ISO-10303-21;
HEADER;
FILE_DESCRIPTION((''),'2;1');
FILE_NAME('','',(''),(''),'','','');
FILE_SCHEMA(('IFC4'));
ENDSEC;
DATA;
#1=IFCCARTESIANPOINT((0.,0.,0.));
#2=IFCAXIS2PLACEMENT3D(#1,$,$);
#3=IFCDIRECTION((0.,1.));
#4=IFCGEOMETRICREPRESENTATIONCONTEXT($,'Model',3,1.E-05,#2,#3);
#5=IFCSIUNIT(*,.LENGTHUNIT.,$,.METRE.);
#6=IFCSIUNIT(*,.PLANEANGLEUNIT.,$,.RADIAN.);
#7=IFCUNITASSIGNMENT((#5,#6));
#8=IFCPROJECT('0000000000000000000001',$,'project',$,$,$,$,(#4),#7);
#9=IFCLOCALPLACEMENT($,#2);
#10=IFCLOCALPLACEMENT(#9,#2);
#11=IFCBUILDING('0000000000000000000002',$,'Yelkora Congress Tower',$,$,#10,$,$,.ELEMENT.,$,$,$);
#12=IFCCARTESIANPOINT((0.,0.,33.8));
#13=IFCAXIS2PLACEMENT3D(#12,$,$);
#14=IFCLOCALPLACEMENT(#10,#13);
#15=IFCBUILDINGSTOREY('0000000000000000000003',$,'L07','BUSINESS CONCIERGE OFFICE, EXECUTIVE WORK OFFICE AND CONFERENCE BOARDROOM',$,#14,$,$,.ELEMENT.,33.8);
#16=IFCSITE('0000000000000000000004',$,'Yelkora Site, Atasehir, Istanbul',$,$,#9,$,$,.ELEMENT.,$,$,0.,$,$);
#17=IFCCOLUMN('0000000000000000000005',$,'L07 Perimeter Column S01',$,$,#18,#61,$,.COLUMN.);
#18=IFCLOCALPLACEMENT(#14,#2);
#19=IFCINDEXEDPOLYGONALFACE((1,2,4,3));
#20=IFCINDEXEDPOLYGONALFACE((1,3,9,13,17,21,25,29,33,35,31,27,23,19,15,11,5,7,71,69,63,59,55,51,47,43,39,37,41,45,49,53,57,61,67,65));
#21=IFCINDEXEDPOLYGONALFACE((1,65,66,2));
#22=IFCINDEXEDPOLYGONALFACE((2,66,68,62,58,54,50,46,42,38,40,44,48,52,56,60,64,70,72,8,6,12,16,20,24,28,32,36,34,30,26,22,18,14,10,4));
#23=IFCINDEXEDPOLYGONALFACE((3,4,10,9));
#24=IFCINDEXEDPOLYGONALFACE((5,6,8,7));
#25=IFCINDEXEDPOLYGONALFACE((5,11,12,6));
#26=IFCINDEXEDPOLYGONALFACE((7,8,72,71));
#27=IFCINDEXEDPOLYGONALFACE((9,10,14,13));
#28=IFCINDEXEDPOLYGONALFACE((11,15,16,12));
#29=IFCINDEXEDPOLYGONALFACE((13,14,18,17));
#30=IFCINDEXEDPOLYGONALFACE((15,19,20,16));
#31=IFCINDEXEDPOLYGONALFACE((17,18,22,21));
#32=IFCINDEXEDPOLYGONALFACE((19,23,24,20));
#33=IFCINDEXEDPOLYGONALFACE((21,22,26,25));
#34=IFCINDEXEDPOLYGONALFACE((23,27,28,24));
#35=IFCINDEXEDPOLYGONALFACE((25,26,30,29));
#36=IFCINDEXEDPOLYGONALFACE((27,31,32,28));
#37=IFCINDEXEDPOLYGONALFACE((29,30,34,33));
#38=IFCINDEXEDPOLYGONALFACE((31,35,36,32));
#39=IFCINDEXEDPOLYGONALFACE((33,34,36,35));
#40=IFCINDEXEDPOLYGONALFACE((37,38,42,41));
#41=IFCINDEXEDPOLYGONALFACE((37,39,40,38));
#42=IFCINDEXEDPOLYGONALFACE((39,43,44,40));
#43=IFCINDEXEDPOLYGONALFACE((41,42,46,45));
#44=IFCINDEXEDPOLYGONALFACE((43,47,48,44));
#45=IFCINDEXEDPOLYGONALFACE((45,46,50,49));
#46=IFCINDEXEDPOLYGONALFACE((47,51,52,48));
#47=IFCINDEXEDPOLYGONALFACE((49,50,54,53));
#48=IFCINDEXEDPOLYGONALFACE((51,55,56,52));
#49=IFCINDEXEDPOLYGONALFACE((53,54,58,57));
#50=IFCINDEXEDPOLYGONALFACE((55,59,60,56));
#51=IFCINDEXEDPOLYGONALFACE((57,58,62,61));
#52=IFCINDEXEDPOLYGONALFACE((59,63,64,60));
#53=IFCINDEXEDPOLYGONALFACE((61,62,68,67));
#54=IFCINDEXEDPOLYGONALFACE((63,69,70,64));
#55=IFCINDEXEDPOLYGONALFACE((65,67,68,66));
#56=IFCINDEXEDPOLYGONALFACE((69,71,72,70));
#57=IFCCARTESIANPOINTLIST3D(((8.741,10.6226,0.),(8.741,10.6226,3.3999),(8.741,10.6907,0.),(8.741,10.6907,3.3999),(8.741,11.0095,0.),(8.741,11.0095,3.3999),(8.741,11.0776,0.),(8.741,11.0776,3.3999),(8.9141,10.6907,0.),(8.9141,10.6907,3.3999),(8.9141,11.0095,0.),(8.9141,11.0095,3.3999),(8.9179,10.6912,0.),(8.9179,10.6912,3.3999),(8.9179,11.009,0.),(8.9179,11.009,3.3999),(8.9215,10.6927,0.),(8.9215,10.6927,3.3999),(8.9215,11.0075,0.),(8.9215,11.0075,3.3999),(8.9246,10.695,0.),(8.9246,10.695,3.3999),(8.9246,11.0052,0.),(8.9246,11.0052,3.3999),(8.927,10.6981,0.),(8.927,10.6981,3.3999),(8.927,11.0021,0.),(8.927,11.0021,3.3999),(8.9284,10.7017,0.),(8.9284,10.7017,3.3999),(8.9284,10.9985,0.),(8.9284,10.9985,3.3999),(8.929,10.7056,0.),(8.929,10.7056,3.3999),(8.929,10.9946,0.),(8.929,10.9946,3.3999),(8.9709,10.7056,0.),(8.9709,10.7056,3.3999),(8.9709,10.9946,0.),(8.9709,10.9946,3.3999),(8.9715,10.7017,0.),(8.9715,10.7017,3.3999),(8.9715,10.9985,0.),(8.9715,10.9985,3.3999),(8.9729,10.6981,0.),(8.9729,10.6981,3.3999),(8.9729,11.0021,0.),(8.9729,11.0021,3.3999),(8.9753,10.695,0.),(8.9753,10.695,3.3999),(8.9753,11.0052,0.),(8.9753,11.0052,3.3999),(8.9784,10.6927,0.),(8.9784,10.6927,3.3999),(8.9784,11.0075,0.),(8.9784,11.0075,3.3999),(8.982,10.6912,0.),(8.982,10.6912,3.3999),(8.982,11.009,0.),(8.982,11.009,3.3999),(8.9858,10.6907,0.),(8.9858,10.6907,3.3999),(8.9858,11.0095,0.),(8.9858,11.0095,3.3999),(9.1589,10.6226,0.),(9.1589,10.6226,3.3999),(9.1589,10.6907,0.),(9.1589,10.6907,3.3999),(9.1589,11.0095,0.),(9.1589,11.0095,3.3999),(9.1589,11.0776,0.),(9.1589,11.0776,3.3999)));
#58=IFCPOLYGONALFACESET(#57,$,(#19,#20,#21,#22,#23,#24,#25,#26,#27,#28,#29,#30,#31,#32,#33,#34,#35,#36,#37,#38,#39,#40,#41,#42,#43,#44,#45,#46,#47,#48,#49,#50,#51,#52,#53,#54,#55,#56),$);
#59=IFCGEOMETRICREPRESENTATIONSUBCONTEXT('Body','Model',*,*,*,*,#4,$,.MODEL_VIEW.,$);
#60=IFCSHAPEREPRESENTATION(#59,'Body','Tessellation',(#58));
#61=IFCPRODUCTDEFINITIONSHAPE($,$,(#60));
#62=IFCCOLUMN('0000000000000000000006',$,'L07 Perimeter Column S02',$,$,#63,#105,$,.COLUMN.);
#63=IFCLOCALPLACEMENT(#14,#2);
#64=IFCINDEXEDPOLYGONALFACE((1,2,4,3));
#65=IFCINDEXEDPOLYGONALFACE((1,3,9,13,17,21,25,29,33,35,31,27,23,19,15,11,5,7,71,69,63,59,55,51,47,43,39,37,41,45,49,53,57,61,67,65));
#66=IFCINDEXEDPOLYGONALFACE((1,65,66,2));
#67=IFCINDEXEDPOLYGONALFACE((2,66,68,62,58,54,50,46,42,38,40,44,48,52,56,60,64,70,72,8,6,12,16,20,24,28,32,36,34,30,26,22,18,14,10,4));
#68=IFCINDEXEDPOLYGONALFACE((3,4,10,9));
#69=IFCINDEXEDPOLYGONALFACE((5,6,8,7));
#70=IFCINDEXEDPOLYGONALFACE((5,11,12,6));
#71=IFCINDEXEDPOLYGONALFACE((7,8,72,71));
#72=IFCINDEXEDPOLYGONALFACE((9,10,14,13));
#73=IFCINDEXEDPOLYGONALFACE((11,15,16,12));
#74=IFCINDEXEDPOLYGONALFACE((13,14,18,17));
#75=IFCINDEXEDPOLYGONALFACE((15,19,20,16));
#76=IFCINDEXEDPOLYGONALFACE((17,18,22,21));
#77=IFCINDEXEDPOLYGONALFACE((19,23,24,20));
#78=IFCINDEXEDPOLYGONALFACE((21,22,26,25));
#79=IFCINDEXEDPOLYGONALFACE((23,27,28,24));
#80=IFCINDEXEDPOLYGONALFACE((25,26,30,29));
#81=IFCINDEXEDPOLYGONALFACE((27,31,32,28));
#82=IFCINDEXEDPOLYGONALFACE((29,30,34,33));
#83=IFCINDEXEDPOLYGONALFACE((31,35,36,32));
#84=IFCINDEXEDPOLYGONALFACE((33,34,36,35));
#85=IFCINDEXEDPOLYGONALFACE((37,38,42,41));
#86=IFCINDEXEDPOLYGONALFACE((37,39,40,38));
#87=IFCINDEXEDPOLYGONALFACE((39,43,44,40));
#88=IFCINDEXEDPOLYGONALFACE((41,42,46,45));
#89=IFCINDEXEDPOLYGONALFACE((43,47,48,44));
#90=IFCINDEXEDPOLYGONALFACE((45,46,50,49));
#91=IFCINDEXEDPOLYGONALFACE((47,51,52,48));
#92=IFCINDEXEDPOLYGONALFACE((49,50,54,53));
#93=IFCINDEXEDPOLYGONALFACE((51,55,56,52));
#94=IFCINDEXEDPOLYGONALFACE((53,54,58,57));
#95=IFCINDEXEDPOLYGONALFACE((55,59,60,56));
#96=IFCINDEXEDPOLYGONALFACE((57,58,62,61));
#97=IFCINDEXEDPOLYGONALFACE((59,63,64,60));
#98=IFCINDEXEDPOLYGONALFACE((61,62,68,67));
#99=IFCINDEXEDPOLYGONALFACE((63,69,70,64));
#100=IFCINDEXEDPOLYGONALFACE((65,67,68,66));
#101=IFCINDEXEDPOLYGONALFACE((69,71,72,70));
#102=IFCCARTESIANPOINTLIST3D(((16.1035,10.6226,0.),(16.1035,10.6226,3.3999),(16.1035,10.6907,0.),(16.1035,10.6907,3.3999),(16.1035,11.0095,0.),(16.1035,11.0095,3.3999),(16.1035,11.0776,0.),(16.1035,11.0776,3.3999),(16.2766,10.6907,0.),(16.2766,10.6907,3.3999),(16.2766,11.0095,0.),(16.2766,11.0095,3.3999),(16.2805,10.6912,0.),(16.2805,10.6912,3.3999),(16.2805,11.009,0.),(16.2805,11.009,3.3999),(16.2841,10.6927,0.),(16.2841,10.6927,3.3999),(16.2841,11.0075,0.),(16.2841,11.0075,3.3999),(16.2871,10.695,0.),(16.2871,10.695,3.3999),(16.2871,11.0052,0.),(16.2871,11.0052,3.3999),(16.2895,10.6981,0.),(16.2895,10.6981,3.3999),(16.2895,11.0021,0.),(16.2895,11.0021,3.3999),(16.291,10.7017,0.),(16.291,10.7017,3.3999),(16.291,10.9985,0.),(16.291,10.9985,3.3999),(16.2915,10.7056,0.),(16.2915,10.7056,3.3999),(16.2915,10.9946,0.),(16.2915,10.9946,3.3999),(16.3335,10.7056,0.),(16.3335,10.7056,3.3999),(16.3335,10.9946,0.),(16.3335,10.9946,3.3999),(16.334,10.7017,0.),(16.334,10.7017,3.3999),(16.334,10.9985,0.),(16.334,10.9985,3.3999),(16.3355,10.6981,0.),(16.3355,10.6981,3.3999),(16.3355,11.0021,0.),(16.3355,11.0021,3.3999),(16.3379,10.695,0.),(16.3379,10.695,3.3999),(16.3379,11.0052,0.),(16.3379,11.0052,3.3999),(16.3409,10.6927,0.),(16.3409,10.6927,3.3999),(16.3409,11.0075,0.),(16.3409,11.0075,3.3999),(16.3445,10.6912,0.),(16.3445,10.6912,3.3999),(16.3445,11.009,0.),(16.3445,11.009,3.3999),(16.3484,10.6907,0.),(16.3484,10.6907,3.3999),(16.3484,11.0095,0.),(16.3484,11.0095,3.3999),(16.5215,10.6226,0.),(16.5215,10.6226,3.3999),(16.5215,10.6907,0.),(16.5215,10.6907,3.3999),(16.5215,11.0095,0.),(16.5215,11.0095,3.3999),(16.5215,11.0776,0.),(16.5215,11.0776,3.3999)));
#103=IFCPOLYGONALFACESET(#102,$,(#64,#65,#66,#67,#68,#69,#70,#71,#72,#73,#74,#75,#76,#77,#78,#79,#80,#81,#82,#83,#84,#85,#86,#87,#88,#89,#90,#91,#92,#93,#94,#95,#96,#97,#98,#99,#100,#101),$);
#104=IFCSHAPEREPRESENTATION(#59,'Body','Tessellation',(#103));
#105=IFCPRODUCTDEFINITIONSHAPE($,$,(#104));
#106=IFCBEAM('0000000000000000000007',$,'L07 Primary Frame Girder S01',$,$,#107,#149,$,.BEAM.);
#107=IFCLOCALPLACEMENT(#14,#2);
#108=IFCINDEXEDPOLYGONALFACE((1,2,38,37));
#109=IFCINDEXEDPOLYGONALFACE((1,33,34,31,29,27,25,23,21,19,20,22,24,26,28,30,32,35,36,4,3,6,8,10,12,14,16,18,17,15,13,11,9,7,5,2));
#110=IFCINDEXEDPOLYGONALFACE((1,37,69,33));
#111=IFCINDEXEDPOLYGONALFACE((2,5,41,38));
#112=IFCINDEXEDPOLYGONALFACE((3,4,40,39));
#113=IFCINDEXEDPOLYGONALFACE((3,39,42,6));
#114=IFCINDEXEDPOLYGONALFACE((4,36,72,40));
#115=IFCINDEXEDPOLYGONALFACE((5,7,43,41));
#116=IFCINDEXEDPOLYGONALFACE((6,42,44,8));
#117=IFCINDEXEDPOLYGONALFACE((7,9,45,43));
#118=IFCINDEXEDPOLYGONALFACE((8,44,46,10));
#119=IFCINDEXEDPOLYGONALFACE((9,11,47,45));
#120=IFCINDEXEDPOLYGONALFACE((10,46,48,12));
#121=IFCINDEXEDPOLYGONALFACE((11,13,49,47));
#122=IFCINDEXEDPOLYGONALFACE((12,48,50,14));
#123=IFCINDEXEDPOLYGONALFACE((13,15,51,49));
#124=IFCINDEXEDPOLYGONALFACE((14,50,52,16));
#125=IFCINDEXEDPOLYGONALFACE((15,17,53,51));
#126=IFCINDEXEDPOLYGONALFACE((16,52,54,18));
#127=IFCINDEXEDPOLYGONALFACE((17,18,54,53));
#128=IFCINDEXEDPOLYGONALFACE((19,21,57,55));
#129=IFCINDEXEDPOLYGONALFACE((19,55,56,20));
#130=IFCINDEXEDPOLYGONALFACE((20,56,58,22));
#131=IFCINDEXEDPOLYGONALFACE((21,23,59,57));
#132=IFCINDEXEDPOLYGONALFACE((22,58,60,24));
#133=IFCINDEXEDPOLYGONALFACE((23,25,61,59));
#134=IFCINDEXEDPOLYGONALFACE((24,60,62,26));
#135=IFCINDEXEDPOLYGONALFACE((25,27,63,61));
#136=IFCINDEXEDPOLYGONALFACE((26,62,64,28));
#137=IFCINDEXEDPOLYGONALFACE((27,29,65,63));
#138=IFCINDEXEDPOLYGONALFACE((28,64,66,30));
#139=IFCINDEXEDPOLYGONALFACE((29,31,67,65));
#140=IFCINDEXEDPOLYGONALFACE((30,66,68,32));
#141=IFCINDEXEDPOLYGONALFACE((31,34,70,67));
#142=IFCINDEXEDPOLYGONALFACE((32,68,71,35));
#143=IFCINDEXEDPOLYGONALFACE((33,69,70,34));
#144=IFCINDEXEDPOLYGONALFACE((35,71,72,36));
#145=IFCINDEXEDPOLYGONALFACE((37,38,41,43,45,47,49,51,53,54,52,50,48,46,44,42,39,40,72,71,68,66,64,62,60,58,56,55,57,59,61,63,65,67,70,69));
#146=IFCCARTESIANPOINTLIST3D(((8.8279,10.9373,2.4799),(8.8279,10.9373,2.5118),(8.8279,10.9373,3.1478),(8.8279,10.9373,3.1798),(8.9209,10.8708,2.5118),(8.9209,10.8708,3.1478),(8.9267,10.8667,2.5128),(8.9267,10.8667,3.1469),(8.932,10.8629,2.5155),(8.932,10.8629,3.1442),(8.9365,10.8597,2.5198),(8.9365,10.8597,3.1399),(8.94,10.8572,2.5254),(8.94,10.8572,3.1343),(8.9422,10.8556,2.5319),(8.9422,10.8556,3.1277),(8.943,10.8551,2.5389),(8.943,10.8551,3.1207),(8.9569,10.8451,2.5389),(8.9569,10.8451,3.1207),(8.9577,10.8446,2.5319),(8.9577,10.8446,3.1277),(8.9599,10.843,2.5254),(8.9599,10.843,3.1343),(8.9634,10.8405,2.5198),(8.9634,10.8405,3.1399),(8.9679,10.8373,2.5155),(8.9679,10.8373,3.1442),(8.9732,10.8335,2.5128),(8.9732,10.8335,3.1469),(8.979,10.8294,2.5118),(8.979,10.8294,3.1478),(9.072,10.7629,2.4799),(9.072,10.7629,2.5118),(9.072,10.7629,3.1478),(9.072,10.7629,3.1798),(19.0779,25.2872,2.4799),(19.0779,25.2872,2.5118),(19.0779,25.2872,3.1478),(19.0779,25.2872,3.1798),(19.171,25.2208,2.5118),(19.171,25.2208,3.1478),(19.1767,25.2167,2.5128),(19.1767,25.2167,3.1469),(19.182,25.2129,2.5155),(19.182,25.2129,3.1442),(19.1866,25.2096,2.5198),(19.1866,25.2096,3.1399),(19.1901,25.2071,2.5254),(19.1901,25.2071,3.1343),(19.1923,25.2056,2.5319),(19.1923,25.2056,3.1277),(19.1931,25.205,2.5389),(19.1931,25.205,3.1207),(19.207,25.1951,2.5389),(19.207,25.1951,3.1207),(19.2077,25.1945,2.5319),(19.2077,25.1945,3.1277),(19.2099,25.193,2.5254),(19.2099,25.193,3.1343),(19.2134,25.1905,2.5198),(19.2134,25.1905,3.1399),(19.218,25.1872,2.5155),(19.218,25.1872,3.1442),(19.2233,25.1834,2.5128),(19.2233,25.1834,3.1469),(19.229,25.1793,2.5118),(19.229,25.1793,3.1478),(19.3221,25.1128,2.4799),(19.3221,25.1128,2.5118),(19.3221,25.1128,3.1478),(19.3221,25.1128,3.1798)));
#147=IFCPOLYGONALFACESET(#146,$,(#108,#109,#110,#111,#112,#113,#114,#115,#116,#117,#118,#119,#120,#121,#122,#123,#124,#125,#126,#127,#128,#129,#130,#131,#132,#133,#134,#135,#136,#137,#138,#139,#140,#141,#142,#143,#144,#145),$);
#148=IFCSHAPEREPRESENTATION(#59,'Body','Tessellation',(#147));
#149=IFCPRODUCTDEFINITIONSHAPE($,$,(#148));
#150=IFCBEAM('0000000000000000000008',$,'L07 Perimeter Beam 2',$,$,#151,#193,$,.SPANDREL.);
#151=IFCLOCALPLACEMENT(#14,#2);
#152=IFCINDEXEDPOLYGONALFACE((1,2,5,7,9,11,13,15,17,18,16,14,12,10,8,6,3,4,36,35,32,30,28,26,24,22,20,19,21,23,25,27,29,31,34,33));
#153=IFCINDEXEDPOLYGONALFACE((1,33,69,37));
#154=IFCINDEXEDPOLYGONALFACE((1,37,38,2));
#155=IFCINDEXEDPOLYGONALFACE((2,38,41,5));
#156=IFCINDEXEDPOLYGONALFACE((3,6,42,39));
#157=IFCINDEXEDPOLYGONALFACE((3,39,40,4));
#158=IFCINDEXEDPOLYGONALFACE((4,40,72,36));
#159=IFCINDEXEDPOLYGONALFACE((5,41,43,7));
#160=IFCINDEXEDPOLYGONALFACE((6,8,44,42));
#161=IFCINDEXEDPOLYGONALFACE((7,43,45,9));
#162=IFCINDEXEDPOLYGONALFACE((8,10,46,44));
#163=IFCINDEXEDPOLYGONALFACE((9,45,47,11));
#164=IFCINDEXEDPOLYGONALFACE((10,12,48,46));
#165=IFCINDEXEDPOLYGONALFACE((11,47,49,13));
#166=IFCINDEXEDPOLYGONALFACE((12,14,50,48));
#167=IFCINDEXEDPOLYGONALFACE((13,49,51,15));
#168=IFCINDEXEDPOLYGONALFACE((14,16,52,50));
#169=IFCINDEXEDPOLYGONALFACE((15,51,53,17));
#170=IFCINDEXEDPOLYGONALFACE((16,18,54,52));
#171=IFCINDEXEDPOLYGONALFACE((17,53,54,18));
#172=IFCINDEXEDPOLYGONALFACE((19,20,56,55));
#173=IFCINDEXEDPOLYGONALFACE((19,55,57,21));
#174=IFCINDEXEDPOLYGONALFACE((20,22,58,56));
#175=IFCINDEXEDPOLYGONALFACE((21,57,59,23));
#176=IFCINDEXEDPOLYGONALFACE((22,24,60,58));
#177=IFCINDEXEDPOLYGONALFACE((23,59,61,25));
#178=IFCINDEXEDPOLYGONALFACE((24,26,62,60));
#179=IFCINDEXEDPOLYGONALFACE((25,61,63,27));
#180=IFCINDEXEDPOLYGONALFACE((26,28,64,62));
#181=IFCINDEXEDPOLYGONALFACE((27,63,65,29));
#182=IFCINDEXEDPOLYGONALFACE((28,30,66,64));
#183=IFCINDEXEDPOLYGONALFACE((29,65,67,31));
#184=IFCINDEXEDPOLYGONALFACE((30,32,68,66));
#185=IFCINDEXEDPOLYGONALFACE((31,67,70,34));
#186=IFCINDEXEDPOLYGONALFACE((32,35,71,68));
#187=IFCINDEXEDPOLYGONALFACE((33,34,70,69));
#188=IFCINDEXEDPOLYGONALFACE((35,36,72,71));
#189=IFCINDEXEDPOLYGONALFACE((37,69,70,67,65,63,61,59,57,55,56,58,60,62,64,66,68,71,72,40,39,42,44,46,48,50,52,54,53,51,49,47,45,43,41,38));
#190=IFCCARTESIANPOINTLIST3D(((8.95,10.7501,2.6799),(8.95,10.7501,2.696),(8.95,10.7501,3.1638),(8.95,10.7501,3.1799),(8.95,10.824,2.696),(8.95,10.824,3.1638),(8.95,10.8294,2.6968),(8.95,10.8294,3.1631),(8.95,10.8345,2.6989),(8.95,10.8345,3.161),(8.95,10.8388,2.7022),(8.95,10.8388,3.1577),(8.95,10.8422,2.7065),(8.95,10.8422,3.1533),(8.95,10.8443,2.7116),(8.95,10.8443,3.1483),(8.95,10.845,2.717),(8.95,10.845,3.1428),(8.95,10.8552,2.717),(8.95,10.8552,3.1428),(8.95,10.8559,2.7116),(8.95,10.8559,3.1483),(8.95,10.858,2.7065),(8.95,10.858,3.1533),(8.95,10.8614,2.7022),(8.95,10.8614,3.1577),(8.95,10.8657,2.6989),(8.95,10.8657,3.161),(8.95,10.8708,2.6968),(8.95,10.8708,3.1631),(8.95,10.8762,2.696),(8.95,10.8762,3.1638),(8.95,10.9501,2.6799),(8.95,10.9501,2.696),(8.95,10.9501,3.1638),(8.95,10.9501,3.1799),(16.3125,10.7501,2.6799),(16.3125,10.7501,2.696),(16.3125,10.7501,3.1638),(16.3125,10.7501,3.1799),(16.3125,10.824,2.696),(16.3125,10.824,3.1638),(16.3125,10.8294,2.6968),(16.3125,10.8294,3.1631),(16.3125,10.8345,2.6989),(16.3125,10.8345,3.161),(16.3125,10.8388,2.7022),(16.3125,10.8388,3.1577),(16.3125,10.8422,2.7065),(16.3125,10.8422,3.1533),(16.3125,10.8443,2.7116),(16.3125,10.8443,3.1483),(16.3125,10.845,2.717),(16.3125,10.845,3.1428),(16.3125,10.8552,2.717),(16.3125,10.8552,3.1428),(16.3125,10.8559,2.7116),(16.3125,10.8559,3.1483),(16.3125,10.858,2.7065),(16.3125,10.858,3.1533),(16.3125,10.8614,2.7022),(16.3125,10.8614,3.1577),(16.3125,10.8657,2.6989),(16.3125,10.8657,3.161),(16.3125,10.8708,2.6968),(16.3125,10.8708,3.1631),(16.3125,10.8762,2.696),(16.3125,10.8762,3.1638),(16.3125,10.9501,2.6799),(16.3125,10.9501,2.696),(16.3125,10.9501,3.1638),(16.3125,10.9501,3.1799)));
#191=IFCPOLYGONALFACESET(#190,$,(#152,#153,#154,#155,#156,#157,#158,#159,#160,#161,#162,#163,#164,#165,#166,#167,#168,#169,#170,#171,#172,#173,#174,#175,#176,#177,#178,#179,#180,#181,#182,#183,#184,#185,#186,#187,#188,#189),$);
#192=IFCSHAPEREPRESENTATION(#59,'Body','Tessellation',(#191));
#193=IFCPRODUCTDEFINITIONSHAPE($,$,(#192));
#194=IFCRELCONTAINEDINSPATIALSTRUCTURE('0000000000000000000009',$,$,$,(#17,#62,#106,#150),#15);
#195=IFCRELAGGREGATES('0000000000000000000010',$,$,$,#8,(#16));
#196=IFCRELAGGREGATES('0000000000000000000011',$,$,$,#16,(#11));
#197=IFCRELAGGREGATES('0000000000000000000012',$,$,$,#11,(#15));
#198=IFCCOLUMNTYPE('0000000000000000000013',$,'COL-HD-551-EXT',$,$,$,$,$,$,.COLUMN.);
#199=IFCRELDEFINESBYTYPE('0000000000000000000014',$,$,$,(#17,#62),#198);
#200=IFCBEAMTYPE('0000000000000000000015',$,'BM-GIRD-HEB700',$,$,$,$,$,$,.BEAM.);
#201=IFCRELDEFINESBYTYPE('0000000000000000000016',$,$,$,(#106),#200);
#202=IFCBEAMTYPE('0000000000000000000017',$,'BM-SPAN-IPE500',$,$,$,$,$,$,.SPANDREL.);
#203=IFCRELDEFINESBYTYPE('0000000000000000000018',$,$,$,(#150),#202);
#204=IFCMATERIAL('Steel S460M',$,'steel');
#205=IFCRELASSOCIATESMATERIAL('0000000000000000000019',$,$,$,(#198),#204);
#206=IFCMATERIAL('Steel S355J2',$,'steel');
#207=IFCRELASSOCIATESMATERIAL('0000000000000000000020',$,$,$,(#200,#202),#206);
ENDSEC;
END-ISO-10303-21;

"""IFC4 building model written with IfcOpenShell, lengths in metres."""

from ifc_helpers import new_model, si_unit, direction, frame, origin, origin_2d, place, context, subcontext, project, spatial, i_section, extrude, material, material_profile, profile_set, type_object, element, save


model = new_model("IFC4")

# Units and contexts
model_context = context("Model", 3, precision=1e-05, world=origin(), true_north=direction((0.0, 1.0)))
body_context = subcontext(model_context, "Body", "Model", "MODEL_VIEW")
ifc_project = project(units=[si_unit("LENGTHUNIT", "METRE"), si_unit("PLANEANGLEUNIT", "RADIAN")], contexts=[model_context])

# Site, building, storey
site_placement = place(None, origin())
site = spatial("IfcSite", under=ifc_project, at=site_placement, Name="Yelkora Site, Atasehir, Istanbul", CompositionType="ELEMENT", RefElevation=0.0)
building_placement = place(site_placement, origin())
building = spatial("IfcBuilding", under=site, at=building_placement, Name="Yelkora Congress Tower", CompositionType="ELEMENT")
storey_placement = place(building_placement, frame((0.0, 0.0, 33.8)))
storey = spatial("IfcBuildingStorey", under=building, at=storey_placement, Name="L07", Description="BUSINESS CONCIERGE OFFICE, EXECUTIVE WORK OFFICE AND CONFERENCE BOARDROOM", CompositionType="ELEMENT", Elevation=33.8)

# Columns
ifc_material_1 = material(Name="Steel S460M", Category="steel")
ifc_material_profile_1 = material_profile(ifc_material_1, i_section(OverallWidth=0.418, OverallDepth=0.4551, WebThickness=0.042, FlangeThickness=0.0681, FilletRadius=0.0149, at=origin_2d()), Name="HD 400x551")
ifc_profile_set_1 = profile_set([ifc_material_profile_1], Name="Steel S460M")
column_type = type_object("IfcColumnType", Name="COL-HD-551-EXT", PredefinedType="COLUMN", material=ifc_profile_set_1)
for number, where, z_axis, x_axis, name in (
    (1, (8.95, 10.8501, 0.0), (0.0, 0.0, 1.0), (1.0, 0.0, 0.0), "L07 Perimeter Column S01"),
    (2, (16.3125, 10.8501, 0.0), (0.0, 0.0, 1.0), (1.0, 0.0, 0.0), "L07 Perimeter Column S02"),
):
    element("IfcColumn", number, at=place(storey_placement, frame(where, z_axis=z_axis, x_axis=x_axis)), inside=storey, type_object=column_type, Name=name, PredefinedType="COLUMN", context=body_context, shape_type="SweptSolid", body=[
        extrude(i_section(OverallWidth=0.418, OverallDepth=0.4551, WebThickness=0.042, FlangeThickness=0.0681, FilletRadius=0.0149, at=origin_2d()), origin(), (0.0, 0.0, 1.0), 3.3999),
    ])

# Beams
ifc_material_2 = material(Name="Steel S355J2", Category="steel")
ifc_material_profile_2 = material_profile(ifc_material_2, i_section(OverallWidth=0.3, OverallDepth=0.7, WebThickness=0.0171, FlangeThickness=0.032, FilletRadius=0.0271, at=origin_2d()), Name="HEB 700")
ifc_profile_set_2 = profile_set([ifc_material_profile_2], Name="Steel S355J2")
beam_type_1 = type_object("IfcBeamType", Name="BM-GIRD-HEB700", PredefinedType="BEAM", material=ifc_profile_set_2)
beam_placement = place(storey_placement, frame((8.95, 10.8501, 2.8298), z_axis=(0.581242, 0.813731, 0.0), x_axis=(-0.813731, 0.581242, 0.0)))
element("IfcBeam", 3, at=beam_placement, inside=storey, type_object=beam_type_1, Name="L07 Primary Frame Girder S01", PredefinedType="BEAM", context=body_context, shape_type="SweptSolid", body=[
    extrude(i_section(OverallWidth=0.3, OverallDepth=0.7, WebThickness=0.0171, FlangeThickness=0.032, FilletRadius=0.0271, at=origin_2d()), origin(), (0.0, 0.0, 1.0), 17.6348),
])
ifc_material_profile_3 = material_profile(ifc_material_2, i_section(OverallWidth=0.2, OverallDepth=0.5, WebThickness=0.0103, FlangeThickness=0.0161, FilletRadius=0.021, at=origin_2d()), Name="IPE 500")
ifc_profile_set_3 = profile_set([ifc_material_profile_3], Name="Steel S355J2")
beam_type_2 = type_object("IfcBeamType", Name="BM-SPAN-IPE500", PredefinedType="SPANDREL", material=ifc_profile_set_3)
for number, where, z_axis, x_axis, name in (
    (4, (8.95, 10.8501, 2.9299), (1.0, 0.0, 0.0), (0.0, 1.0, 0.0), "L07 Perimeter Beam 2"),
):
    element("IfcBeam", number, at=place(storey_placement, frame(where, z_axis=z_axis, x_axis=x_axis)), inside=storey, type_object=beam_type_2, Name=name, PredefinedType="SPANDREL", context=body_context, shape_type="SweptSolid", body=[
        extrude(i_section(OverallWidth=0.2, OverallDepth=0.5, WebThickness=0.0103, FlangeThickness=0.0161, FilletRadius=0.021, at=origin_2d()), origin(), (0.0, 0.0, 1.0), 7.3625),
    ])

save(model, "model.ifc")
